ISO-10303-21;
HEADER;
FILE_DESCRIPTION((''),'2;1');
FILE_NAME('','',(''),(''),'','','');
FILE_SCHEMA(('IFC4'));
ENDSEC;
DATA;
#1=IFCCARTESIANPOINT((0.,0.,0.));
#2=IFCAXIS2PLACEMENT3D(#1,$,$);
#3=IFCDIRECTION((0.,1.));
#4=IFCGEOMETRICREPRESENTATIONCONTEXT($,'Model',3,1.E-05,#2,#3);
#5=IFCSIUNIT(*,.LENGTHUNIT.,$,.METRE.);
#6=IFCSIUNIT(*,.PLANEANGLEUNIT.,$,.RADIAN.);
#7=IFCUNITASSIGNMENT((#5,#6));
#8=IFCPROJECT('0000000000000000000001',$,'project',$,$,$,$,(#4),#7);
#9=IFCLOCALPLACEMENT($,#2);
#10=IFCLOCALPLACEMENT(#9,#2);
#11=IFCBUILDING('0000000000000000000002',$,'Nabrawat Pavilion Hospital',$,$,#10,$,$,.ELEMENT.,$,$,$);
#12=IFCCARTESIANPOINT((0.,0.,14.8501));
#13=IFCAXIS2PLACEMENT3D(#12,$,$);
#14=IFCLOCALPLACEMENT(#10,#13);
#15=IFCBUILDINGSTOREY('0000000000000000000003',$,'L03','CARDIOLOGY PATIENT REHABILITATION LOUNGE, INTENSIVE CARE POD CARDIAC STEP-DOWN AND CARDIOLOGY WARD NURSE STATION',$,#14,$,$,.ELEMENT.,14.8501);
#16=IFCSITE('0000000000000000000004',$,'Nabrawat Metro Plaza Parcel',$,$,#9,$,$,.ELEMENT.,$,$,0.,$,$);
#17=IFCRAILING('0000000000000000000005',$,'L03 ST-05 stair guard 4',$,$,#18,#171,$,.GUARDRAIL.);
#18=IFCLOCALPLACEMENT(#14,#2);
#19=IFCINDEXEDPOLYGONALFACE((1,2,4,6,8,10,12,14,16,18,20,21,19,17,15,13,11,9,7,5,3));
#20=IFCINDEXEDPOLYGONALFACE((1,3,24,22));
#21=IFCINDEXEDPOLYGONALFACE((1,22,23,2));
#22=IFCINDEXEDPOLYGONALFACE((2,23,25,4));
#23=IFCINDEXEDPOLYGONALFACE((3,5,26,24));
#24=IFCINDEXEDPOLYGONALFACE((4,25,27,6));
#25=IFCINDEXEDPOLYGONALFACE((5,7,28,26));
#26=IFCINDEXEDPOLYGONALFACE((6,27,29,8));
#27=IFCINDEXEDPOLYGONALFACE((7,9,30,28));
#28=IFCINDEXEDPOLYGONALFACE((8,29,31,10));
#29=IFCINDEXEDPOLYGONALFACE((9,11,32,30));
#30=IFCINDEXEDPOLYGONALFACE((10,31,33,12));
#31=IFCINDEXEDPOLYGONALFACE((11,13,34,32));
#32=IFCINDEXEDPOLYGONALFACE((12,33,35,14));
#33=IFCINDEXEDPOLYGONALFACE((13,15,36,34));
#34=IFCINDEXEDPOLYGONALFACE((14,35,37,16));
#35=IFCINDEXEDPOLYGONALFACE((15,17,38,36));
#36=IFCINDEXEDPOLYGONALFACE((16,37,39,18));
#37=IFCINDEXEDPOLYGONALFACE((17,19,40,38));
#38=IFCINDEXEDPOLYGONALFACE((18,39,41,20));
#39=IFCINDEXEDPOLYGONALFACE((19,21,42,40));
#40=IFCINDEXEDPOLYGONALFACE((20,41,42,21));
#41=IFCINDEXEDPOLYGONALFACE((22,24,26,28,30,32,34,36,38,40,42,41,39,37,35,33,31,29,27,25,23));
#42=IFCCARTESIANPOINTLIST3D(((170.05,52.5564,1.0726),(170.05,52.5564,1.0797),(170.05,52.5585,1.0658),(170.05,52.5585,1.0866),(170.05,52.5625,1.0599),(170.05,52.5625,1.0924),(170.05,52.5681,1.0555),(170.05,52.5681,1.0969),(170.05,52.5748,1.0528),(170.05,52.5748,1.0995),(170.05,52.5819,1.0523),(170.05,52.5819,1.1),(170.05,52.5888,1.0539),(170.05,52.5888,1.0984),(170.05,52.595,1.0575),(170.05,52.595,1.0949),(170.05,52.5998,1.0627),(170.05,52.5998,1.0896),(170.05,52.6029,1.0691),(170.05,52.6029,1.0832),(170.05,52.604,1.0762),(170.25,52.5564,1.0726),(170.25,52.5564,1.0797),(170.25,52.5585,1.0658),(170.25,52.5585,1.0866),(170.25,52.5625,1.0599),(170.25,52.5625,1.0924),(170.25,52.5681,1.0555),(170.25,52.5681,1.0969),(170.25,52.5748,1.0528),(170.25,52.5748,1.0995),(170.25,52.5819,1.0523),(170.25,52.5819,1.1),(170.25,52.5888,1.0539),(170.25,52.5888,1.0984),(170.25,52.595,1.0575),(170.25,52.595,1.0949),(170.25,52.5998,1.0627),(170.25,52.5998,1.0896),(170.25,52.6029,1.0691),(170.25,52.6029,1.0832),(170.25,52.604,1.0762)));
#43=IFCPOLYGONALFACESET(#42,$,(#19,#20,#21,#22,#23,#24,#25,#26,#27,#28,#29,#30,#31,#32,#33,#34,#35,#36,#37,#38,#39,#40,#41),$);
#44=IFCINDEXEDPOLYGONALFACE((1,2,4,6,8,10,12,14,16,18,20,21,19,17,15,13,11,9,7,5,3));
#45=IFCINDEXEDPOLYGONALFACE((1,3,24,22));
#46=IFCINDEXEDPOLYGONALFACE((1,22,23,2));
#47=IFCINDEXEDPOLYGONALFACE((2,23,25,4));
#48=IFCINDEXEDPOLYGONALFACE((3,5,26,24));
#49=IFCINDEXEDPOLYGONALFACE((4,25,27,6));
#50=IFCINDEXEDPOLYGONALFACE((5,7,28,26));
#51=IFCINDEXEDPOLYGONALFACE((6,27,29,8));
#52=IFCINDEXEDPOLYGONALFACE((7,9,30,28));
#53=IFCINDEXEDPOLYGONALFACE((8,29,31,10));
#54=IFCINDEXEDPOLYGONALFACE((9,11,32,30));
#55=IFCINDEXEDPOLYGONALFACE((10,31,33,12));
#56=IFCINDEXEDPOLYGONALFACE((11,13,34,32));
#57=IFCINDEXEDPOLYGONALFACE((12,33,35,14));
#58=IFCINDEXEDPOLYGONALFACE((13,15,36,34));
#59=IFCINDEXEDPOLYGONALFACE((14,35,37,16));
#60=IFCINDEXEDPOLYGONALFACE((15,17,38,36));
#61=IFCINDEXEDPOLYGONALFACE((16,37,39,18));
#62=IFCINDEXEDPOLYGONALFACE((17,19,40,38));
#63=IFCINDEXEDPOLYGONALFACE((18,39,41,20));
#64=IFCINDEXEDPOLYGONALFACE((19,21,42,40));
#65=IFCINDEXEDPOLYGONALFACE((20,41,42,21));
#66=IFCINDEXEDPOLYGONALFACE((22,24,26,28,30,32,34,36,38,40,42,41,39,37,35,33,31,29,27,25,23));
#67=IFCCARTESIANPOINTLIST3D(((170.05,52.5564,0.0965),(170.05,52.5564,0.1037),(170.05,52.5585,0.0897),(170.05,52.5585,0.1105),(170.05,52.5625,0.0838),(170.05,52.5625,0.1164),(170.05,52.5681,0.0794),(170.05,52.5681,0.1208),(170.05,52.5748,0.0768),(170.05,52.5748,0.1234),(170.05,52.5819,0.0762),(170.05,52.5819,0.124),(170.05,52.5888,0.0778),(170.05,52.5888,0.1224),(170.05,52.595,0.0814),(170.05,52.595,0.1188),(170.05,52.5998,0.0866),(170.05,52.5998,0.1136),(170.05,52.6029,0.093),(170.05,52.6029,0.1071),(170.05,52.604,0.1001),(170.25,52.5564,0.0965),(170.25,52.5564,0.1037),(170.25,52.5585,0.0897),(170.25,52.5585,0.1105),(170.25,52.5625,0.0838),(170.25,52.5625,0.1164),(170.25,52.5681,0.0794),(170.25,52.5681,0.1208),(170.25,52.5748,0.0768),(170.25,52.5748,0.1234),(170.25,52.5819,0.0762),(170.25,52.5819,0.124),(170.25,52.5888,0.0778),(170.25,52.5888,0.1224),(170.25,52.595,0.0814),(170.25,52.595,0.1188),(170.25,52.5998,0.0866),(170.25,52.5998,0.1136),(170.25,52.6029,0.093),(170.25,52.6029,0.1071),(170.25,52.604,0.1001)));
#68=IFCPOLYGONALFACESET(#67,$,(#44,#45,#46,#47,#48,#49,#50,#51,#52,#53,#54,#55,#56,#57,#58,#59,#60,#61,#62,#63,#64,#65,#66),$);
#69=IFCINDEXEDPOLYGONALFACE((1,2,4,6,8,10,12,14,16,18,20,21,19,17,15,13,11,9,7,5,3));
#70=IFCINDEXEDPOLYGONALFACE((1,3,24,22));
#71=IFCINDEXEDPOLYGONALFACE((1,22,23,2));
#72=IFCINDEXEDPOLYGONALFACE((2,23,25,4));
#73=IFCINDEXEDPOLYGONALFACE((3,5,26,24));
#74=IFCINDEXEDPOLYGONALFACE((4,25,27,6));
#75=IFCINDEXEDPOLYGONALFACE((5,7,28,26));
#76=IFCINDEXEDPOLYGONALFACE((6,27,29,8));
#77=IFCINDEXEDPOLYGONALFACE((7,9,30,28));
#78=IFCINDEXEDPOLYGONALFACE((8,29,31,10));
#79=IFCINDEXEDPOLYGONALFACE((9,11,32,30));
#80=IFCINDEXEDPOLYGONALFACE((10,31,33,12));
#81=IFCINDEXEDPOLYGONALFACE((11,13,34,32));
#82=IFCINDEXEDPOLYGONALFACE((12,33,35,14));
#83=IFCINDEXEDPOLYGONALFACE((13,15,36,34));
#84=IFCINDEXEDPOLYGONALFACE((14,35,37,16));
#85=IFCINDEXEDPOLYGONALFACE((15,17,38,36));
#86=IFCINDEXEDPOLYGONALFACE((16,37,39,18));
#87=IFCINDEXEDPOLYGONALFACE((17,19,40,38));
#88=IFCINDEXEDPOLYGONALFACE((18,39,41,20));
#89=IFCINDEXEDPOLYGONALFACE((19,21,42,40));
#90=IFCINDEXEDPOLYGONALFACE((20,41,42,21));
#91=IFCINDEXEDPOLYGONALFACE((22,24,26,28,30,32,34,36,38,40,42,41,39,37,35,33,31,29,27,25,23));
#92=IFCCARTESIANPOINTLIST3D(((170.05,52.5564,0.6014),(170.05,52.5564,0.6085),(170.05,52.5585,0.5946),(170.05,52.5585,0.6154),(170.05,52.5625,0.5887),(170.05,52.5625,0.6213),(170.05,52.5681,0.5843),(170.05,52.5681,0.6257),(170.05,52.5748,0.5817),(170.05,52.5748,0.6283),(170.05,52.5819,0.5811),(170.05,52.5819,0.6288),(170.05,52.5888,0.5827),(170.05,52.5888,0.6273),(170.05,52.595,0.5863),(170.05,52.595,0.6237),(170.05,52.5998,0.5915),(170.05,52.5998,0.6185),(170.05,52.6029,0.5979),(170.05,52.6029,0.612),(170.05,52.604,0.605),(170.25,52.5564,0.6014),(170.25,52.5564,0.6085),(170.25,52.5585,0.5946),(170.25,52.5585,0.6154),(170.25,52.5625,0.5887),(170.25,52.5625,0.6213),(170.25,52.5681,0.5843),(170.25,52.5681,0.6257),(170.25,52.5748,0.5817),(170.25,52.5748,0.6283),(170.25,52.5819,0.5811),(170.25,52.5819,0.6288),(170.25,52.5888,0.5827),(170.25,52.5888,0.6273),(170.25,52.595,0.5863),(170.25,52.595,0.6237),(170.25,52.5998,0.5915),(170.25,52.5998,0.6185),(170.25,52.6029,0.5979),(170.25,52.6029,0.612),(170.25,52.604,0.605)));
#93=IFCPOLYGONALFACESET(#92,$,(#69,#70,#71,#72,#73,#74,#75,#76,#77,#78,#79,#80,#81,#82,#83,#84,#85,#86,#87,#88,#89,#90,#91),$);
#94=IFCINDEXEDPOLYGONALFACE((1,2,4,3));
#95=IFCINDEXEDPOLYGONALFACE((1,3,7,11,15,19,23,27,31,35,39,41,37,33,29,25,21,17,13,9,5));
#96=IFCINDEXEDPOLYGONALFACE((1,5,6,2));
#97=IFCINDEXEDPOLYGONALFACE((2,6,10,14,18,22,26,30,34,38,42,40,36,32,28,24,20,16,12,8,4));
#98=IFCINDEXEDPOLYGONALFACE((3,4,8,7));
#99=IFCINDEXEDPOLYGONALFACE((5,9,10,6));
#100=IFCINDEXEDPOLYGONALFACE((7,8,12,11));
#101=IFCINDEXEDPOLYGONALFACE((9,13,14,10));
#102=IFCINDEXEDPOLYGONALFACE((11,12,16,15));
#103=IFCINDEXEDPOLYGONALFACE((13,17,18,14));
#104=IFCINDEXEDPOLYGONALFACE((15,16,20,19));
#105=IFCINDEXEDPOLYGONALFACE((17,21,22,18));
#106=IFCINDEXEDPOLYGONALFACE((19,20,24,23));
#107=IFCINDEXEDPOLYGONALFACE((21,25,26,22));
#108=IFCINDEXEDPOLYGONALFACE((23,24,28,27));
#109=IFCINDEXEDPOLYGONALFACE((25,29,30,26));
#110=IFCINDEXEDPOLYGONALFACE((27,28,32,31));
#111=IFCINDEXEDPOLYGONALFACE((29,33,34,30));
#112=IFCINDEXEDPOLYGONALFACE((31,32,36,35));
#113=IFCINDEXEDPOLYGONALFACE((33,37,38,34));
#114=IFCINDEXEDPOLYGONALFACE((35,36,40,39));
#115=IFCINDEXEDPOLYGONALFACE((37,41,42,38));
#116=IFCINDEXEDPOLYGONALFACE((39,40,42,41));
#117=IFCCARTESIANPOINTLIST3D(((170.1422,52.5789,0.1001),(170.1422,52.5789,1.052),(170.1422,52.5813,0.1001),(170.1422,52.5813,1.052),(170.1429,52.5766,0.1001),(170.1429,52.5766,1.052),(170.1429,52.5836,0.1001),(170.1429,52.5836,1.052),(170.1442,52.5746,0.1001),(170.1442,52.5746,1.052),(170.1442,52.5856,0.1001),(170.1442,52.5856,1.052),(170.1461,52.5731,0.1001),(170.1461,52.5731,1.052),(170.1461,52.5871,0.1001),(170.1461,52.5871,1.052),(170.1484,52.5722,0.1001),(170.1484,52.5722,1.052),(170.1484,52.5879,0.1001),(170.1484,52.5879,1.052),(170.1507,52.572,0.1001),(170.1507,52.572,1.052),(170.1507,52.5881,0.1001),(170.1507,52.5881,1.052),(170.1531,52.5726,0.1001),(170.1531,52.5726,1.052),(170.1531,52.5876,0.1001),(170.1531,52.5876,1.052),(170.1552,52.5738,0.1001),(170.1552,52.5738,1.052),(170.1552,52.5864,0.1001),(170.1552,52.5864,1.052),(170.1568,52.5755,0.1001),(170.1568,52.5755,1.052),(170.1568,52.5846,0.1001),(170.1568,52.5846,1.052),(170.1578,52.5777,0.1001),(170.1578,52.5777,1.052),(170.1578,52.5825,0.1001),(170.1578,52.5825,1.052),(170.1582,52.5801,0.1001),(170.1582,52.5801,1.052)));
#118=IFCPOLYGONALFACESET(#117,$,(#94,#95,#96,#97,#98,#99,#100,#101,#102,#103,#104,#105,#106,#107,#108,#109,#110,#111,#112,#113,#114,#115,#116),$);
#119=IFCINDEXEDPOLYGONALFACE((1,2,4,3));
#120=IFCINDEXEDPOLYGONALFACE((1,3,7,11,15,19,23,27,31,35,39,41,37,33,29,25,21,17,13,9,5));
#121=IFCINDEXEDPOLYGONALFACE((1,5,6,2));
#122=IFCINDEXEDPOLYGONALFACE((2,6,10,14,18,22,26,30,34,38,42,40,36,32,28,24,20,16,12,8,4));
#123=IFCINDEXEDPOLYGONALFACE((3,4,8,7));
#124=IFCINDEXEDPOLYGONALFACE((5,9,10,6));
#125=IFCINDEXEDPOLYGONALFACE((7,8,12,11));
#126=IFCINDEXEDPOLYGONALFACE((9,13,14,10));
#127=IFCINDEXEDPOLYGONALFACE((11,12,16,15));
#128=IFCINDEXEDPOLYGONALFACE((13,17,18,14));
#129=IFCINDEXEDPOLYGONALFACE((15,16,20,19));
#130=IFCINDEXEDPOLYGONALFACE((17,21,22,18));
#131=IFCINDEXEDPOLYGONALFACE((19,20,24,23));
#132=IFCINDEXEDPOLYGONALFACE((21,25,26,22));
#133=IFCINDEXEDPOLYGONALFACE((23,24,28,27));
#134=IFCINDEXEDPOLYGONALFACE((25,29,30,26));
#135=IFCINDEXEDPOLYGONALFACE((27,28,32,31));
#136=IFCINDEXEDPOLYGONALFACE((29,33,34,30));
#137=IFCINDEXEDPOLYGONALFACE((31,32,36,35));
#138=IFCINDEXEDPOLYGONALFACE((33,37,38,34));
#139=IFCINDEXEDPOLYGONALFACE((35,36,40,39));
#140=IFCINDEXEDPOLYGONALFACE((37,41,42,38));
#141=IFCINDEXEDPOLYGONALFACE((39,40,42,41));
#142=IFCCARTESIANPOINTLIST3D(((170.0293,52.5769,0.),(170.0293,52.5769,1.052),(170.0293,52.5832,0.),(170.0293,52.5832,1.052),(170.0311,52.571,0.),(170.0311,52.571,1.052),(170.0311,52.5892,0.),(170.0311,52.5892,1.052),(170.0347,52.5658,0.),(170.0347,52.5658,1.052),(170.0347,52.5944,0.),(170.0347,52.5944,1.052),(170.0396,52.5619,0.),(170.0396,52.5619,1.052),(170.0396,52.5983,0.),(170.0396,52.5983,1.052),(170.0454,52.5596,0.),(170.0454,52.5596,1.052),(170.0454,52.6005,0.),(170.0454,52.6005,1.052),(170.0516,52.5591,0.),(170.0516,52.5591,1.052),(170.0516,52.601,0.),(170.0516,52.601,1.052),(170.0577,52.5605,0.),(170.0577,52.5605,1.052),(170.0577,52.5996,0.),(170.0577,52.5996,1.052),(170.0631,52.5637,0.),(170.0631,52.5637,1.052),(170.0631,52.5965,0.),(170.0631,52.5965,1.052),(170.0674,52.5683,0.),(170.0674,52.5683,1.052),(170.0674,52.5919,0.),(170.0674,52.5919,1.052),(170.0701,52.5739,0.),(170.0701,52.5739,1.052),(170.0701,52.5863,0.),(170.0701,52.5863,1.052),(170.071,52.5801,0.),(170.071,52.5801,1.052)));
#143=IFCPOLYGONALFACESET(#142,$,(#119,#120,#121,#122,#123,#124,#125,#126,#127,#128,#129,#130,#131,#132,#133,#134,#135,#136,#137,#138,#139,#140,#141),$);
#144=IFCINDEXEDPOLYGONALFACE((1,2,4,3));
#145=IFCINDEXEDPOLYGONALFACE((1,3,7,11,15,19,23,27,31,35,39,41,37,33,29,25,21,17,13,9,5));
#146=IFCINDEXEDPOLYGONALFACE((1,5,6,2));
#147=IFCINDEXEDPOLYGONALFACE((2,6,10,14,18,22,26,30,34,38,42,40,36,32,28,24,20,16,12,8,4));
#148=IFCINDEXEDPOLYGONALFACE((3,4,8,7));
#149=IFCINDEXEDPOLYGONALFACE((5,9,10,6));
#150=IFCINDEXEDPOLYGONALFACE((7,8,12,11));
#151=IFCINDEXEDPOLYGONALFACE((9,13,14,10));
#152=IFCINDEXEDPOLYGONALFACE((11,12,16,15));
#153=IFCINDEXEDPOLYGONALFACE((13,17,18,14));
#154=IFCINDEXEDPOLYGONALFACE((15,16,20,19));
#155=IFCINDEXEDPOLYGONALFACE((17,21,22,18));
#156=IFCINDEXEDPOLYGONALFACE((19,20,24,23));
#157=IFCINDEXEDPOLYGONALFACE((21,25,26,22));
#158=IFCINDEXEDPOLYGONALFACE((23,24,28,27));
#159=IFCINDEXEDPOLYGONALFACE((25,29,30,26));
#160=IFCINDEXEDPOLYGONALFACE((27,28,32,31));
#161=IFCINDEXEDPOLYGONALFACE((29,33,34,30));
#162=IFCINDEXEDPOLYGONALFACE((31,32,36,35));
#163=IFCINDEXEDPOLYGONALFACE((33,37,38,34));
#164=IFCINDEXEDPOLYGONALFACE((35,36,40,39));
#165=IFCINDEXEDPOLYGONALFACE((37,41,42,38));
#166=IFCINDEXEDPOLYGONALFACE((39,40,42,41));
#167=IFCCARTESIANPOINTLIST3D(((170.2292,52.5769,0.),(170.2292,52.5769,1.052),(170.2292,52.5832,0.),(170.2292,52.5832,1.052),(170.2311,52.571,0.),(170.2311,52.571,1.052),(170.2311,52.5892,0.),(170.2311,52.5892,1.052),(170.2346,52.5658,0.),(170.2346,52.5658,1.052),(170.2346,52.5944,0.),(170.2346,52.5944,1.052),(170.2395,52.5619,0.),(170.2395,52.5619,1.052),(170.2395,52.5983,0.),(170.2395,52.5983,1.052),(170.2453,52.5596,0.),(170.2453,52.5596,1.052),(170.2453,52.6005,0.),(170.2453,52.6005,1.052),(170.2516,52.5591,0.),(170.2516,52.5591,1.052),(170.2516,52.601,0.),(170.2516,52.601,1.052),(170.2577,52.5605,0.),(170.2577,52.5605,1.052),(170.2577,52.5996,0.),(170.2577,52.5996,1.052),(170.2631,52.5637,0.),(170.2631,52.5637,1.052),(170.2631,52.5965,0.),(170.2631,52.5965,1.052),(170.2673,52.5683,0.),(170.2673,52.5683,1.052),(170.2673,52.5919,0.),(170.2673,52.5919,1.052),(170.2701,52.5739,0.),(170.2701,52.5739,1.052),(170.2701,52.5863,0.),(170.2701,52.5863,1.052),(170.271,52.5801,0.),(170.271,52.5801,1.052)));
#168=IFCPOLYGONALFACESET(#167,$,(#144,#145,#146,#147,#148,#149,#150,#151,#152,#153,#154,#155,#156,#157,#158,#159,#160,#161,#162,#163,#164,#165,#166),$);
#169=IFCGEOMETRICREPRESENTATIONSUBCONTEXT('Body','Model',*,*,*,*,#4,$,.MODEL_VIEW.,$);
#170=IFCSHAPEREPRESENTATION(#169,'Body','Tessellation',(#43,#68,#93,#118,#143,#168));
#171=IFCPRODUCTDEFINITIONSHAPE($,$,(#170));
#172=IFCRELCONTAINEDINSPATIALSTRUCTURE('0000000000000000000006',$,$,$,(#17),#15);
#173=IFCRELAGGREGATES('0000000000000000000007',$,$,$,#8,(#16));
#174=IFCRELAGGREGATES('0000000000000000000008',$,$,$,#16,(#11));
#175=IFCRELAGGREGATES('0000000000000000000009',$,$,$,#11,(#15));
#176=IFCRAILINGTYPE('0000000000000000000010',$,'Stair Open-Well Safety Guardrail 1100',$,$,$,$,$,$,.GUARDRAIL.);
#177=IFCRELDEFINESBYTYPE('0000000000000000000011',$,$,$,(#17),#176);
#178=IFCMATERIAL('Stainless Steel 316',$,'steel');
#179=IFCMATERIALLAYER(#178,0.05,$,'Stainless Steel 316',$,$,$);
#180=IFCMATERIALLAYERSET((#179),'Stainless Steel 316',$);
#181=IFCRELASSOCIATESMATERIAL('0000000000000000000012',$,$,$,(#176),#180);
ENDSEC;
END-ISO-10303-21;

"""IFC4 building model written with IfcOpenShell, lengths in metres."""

from ifc_helpers import new_model, si_unit, direction, frame, origin, origin_2d, place, context, subcontext, project, spatial, circle, extrude, material, layer, layer_set, type_object, element, save


model = new_model("IFC4")

# Units and contexts
model_context = context("Model", 3, precision=1e-05, world=origin(), true_north=direction((0.0, 1.0)))
body_context = subcontext(model_context, "Body", "Model", "MODEL_VIEW")
ifc_project = project(units=[si_unit("LENGTHUNIT", "METRE"), si_unit("PLANEANGLEUNIT", "RADIAN")], contexts=[model_context])

# Site, building, storey
site_placement = place(None, origin())
site = spatial("IfcSite", under=ifc_project, at=site_placement, Name="Nabrawat Metro Plaza Parcel", CompositionType="ELEMENT", RefElevation=0.0)
building_placement = place(site_placement, origin())
building = spatial("IfcBuilding", under=site, at=building_placement, Name="Nabrawat Pavilion Hospital", CompositionType="ELEMENT")
storey_placement = place(building_placement, frame((0.0, 0.0, 14.8501)))
storey = spatial("IfcBuildingStorey", under=building, at=storey_placement, Name="L03", Description="CARDIOLOGY PATIENT REHABILITATION LOUNGE, INTENSIVE CARE POD CARDIAC STEP-DOWN AND CARDIOLOGY WARD NURSE STATION", CompositionType="ELEMENT", Elevation=14.8501)

# Railing
ifc_material_1 = material(Name="Stainless Steel 316", Category="steel")
ifc_layer_1 = layer(ifc_material_1, 0.05, Name="Stainless Steel 316")
ifc_layer_set_1 = layer_set([ifc_layer_1], Name="Stainless Steel 316")
railing_type_1 = type_object("IfcRailingType", Name="Stair Open-Well Safety Guardrail 1100", PredefinedType="GUARDRAIL", material=ifc_layer_set_1)
railing_1_placement = place(storey_placement, frame((170.05, 52.5801, 0.0)))
element("IfcRailing", 1, at=railing_1_placement, inside=storey, type_object=railing_type_1, Name="L03 ST-05 stair guard 4", PredefinedType="GUARDRAIL", context=body_context, shape_type="SweptSolid", body=[
    extrude(circle(Radius=0.0239, at=origin_2d()), frame((0.0, 0.0, 1.0762), z_axis=(1.0, 0.0, 0.0), x_axis=(0.0, 1.0, 0.0)), (0.0, 0.0, 1.0), 0.2),
    extrude(circle(Radius=0.0239, at=origin_2d()), frame((0.0, 0.0, 0.1001), z_axis=(1.0, 0.0, 0.0), x_axis=(0.0, 1.0, 0.0)), (0.0, 0.0, 1.0), 0.2),
    extrude(circle(Radius=0.0239, at=origin_2d()), frame((0.0, 0.0, 0.605), z_axis=(1.0, 0.0, 0.0), x_axis=(0.0, 1.0, 0.0)), (0.0, 0.0, 1.0), 0.2),
    extrude(circle(Radius=0.0081, at=origin_2d()), frame((0.1001, 0.0, 0.1001)), (0.0, 0.0, 1.0), 0.9519),
    extrude(circle(Radius=0.021, at=origin_2d()), origin(), (0.0, 0.0, 1.0), 1.052),
    extrude(circle(Radius=0.021, at=origin_2d()), frame((0.2, 0.0, 0.0)), (0.0, 0.0, 1.0), 1.052),
])

save(model, "model.ifc")
